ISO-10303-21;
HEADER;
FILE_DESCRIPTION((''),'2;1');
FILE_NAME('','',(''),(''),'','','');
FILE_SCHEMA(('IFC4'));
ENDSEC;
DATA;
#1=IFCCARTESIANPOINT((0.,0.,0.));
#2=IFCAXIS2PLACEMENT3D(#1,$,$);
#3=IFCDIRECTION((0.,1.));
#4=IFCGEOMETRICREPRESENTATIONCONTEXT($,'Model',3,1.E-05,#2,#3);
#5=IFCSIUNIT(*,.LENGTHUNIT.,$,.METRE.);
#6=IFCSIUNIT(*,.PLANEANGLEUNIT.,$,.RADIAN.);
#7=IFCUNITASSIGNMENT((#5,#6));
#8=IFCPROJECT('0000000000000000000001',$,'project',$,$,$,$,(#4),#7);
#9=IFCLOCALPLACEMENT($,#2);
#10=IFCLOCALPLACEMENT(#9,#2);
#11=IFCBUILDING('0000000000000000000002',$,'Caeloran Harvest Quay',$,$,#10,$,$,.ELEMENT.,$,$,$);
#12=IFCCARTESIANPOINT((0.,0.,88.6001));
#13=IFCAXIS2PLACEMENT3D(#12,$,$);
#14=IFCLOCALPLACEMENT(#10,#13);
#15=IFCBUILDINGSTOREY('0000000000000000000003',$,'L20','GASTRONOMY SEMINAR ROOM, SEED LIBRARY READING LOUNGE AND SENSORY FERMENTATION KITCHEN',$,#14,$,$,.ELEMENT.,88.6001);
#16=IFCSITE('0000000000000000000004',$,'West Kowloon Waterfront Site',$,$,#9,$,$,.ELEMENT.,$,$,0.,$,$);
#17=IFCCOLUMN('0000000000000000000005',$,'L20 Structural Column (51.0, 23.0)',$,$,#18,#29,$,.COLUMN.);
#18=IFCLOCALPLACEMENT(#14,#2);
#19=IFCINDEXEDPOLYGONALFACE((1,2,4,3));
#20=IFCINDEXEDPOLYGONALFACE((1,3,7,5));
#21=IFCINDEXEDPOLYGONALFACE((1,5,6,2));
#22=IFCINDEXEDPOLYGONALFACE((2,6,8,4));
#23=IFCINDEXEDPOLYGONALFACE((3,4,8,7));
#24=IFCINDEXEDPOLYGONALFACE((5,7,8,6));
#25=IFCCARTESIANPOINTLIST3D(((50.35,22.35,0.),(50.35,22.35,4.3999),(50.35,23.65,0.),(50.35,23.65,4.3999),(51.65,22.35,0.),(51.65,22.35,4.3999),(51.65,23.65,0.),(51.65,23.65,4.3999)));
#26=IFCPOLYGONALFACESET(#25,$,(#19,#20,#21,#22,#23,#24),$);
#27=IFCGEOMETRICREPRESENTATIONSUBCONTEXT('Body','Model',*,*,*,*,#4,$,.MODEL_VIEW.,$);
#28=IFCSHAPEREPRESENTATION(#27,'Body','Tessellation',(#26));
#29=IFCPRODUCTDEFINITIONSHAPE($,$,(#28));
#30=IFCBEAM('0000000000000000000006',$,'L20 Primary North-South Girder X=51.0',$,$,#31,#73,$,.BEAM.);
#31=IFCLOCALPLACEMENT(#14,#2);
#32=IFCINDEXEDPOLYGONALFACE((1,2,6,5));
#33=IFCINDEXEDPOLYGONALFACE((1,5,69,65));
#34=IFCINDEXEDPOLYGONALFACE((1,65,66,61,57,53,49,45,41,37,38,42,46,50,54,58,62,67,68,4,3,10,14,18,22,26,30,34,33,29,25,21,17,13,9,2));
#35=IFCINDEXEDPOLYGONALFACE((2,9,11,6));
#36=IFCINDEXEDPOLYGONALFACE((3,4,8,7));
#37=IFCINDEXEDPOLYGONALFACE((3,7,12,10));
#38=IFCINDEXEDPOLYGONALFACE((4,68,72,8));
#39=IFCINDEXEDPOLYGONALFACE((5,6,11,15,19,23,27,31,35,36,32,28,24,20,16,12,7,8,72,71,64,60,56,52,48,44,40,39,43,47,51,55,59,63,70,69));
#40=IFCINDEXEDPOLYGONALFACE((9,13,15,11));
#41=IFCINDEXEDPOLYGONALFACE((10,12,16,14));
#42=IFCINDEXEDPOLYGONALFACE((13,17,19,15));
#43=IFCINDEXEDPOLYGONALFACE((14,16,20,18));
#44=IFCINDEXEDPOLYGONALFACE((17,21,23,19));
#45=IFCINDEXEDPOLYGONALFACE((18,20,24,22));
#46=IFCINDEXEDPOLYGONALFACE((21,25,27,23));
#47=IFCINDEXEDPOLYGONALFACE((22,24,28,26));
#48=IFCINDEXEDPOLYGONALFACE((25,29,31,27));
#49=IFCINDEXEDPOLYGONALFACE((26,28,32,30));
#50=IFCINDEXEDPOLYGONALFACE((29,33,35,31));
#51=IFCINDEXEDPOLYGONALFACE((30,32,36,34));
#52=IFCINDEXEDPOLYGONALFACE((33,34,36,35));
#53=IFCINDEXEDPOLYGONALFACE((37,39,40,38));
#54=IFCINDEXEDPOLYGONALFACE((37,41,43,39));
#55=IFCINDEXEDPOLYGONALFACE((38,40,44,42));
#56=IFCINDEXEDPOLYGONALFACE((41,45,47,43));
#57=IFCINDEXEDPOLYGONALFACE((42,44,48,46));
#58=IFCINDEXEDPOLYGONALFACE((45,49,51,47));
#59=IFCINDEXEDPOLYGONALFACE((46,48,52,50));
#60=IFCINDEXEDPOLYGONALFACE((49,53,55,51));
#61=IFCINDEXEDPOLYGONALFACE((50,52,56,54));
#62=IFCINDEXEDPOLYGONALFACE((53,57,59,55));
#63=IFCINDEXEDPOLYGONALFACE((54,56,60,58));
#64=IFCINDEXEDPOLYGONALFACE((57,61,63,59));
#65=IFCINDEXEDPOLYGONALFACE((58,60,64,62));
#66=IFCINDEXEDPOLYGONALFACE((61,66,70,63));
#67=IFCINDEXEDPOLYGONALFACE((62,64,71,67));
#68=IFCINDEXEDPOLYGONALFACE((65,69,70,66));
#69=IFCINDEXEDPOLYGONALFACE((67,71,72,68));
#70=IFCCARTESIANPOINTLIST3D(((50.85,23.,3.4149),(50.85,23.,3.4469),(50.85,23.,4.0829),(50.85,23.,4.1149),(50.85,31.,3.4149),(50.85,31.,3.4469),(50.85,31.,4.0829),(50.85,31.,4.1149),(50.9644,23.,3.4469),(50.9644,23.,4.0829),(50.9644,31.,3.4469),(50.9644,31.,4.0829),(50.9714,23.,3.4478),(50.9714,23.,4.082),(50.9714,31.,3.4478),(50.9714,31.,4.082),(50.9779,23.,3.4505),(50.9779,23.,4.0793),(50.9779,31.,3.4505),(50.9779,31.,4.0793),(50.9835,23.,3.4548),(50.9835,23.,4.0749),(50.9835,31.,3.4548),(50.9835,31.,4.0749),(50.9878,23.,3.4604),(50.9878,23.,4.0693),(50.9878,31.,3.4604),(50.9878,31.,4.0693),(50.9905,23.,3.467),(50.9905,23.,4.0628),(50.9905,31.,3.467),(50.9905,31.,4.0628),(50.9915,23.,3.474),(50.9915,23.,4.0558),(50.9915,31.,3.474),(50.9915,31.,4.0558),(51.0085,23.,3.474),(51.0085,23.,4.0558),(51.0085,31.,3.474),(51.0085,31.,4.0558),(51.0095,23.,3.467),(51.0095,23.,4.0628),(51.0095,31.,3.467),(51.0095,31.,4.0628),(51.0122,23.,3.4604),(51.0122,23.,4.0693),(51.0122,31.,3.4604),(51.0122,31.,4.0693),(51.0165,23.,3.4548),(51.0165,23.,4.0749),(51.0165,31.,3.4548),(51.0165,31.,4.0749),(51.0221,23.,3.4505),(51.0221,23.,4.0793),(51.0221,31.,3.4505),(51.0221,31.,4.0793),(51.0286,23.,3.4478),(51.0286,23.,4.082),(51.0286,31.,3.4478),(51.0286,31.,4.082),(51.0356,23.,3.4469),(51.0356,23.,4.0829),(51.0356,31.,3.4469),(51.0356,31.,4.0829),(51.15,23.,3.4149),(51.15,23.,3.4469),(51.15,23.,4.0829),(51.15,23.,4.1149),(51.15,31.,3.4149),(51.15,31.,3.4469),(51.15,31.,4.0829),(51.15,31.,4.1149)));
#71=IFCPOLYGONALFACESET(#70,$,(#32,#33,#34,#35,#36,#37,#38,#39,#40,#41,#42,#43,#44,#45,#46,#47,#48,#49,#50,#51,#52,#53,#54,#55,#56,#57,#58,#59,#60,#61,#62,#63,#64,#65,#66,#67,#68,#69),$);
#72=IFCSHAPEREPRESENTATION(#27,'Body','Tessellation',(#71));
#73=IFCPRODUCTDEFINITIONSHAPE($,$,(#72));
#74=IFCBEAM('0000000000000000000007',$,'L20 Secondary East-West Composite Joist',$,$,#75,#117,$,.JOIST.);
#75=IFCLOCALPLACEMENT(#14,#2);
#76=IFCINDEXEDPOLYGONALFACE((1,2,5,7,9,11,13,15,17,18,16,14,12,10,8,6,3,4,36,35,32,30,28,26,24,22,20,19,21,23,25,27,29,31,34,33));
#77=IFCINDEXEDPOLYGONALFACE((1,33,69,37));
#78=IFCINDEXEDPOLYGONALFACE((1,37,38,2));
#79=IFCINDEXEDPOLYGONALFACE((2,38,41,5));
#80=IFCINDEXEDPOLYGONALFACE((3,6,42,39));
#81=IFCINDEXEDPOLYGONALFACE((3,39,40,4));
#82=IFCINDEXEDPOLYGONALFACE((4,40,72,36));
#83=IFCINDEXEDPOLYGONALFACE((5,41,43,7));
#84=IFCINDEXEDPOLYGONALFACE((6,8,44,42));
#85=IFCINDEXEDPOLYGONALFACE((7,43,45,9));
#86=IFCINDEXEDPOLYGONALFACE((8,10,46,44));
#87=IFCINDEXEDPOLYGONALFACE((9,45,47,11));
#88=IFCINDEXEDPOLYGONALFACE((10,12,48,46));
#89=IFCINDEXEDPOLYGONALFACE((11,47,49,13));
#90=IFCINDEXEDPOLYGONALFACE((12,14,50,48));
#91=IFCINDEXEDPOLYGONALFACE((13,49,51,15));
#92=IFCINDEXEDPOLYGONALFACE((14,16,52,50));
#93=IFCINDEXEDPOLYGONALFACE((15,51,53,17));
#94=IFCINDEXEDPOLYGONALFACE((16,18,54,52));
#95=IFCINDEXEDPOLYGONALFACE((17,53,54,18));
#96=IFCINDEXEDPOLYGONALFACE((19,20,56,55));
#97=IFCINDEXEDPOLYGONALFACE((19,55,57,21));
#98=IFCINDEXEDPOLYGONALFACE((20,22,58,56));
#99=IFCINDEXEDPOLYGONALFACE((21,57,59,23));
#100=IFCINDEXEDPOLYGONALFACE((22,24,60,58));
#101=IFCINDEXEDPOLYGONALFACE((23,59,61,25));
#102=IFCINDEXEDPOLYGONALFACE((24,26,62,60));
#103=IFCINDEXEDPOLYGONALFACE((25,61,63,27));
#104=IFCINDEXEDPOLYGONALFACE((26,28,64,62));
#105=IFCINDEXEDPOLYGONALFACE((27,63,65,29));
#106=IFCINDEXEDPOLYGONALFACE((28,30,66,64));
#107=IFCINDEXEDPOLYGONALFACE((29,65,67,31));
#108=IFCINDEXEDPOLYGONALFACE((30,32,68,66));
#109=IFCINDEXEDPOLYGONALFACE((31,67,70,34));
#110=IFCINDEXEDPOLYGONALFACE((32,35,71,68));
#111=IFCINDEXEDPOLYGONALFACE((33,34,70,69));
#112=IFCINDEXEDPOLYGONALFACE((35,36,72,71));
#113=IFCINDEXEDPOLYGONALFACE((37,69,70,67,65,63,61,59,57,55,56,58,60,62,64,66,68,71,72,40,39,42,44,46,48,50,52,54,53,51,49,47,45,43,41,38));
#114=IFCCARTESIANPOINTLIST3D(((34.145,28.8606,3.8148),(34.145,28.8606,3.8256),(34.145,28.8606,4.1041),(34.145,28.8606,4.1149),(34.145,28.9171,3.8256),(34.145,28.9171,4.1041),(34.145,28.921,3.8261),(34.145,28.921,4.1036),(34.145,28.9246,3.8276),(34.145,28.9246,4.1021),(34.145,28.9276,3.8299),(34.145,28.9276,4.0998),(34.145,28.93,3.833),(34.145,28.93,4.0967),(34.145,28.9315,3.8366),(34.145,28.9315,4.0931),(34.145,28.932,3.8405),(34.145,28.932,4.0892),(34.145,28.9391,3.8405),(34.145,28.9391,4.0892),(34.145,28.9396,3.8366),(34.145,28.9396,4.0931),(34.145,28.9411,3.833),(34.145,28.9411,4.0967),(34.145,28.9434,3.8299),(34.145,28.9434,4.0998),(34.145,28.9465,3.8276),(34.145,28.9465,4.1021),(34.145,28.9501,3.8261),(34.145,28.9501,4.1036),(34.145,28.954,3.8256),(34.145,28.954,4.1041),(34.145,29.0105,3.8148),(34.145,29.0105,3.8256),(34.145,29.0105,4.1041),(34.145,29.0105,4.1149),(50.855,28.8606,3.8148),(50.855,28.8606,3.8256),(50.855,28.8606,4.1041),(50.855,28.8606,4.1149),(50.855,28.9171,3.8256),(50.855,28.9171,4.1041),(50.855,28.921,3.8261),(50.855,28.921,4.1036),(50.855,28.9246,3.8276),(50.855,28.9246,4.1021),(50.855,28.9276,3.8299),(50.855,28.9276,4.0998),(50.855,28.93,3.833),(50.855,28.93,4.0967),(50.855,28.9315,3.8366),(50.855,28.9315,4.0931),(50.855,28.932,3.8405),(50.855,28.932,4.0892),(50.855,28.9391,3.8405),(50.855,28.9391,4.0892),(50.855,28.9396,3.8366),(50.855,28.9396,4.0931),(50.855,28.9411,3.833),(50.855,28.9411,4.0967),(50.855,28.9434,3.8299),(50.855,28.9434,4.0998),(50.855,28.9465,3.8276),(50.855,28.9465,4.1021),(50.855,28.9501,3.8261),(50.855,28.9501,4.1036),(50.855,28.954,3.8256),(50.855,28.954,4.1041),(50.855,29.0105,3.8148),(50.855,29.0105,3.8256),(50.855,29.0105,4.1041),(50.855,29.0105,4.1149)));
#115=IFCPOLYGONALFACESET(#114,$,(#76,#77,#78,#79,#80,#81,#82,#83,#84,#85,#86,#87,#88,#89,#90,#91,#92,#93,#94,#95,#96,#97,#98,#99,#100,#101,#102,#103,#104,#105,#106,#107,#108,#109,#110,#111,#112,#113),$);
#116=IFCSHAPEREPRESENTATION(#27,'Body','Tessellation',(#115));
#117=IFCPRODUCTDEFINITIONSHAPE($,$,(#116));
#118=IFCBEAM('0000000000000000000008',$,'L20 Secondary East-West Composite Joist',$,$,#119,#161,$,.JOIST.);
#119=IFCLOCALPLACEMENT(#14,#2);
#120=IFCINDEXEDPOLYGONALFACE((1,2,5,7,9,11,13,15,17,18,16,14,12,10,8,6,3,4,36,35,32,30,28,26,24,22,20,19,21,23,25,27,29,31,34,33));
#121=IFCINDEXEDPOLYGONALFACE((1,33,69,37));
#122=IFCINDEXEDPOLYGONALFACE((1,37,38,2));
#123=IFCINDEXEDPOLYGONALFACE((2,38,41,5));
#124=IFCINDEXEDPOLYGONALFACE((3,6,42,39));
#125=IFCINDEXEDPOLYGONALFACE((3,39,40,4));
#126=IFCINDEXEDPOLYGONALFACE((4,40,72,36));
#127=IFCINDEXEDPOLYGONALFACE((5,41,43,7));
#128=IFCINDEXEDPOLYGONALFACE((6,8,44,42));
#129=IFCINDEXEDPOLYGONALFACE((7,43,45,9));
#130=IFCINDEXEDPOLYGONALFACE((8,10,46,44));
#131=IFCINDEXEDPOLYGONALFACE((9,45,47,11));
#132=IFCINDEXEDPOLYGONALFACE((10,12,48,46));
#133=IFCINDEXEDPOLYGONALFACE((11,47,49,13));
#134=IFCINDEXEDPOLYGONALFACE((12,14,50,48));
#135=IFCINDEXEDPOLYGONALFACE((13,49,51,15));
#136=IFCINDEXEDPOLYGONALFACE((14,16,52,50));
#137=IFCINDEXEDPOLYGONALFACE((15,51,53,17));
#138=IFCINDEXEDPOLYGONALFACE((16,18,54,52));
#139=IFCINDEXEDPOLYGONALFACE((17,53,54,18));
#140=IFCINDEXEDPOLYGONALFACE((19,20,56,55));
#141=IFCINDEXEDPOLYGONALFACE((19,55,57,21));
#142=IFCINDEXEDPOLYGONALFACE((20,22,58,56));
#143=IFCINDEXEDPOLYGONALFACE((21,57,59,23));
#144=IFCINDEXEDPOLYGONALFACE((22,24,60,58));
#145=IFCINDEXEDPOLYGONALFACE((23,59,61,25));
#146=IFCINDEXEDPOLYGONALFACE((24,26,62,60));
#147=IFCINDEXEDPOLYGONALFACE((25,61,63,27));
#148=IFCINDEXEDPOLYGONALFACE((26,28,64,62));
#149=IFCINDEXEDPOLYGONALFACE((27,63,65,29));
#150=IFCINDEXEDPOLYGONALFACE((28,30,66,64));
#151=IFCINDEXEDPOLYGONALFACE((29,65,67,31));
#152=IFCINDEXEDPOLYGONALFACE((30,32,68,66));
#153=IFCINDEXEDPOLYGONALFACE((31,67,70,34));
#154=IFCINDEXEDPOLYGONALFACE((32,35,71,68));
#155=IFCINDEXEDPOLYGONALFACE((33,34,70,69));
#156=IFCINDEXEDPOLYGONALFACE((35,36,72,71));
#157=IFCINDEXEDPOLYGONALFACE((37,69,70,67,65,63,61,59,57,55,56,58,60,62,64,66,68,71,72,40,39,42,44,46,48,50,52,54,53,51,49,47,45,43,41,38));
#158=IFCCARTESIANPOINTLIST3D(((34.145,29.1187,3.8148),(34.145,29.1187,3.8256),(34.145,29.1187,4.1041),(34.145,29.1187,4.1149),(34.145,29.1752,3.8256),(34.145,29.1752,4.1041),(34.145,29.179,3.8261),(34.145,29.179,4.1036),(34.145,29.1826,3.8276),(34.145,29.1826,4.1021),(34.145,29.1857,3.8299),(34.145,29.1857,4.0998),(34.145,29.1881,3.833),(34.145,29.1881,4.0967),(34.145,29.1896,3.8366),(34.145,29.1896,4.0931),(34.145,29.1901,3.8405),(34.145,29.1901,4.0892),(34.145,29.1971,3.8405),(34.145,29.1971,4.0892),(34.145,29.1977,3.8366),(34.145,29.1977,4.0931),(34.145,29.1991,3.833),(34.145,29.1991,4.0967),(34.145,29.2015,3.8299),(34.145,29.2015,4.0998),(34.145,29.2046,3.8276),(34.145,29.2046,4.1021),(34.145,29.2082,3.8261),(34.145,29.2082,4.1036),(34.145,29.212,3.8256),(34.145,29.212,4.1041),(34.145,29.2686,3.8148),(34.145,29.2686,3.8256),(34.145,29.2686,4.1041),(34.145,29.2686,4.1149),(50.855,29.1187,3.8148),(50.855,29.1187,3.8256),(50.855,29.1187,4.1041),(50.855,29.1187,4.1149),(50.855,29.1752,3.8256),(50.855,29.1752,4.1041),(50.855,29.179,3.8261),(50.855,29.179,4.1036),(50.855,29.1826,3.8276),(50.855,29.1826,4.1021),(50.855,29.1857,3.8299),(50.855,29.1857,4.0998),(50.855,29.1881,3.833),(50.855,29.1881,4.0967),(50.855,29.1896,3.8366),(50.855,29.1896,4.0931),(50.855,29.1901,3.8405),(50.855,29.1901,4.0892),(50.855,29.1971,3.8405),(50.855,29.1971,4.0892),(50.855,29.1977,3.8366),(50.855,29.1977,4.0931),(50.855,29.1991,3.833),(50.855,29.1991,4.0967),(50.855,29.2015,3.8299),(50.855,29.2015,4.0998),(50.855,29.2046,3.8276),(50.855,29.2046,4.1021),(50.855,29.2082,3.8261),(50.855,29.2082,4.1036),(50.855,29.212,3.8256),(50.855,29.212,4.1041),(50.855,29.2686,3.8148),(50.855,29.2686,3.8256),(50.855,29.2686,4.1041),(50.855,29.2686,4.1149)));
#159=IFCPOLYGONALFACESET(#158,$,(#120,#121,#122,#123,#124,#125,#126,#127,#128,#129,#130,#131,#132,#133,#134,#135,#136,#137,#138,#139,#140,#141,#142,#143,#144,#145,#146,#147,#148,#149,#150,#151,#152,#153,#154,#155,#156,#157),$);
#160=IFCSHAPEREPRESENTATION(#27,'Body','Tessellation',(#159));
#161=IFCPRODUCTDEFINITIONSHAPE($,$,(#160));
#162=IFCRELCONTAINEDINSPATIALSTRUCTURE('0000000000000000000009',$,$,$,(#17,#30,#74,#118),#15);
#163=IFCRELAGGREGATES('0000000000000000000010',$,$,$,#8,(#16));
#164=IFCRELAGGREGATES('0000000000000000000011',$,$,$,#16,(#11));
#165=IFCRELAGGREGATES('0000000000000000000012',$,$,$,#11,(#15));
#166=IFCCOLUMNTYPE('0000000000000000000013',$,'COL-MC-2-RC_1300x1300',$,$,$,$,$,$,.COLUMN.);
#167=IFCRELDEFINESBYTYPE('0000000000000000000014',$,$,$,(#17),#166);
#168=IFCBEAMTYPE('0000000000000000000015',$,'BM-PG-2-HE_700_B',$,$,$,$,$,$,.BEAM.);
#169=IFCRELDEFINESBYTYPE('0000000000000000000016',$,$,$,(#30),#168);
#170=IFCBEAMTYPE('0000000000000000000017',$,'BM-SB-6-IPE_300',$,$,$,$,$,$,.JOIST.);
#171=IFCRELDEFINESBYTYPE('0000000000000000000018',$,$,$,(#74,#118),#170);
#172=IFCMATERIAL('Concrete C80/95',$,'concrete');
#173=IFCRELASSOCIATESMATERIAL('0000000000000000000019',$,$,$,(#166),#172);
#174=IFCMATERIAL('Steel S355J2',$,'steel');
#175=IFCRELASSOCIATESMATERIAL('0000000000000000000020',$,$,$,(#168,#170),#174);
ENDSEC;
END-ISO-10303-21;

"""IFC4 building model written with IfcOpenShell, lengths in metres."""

from ifc_helpers import new_model, si_unit, direction, frame, origin, origin_2d, place, context, subcontext, project, spatial, rectangle, i_section, extrude, material, material_profile, profile_set, type_object, element, save


model = new_model("IFC4")

# Units and contexts
model_context = context("Model", 3, precision=1e-05, world=origin(), true_north=direction((0.0, 1.0)))
body_context = subcontext(model_context, "Body", "Model", "MODEL_VIEW")
ifc_project = project(units=[si_unit("LENGTHUNIT", "METRE"), si_unit("PLANEANGLEUNIT", "RADIAN")], contexts=[model_context])

# Site, building, storey
site_placement = place(None, origin())
site = spatial("IfcSite", under=ifc_project, at=site_placement, Name="West Kowloon Waterfront Site", CompositionType="ELEMENT", RefElevation=0.0)
building_placement = place(site_placement, origin())
building = spatial("IfcBuilding", under=site, at=building_placement, Name="Caeloran Harvest Quay", CompositionType="ELEMENT")
storey_placement = place(building_placement, frame((0.0, 0.0, 88.6001)))
storey = spatial("IfcBuildingStorey", under=building, at=storey_placement, Name="L20", Description="GASTRONOMY SEMINAR ROOM, SEED LIBRARY READING LOUNGE AND SENSORY FERMENTATION KITCHEN", CompositionType="ELEMENT", Elevation=88.6001)

# Column
ifc_material_1 = material(Name="Concrete C80/95", Category="concrete")
ifc_material_profile_1 = material_profile(ifc_material_1, rectangle(XDim=1.3, YDim=1.3, at=origin_2d()), Name="RC 1300x1300")
ifc_profile_set_1 = profile_set([ifc_material_profile_1], Name="Concrete C80/95")
column_type = type_object("IfcColumnType", Name="COL-MC-2-RC_1300x1300", PredefinedType="COLUMN", material=ifc_profile_set_1)
column_placement = place(storey_placement, frame((51.0, 23.0, 0.0), z_axis=(0.0, 0.0, 1.0), x_axis=(1.0, 0.0, 0.0)))
element("IfcColumn", 1, at=column_placement, inside=storey, type_object=column_type, Name="L20 Structural Column (51.0, 23.0)", PredefinedType="COLUMN", context=body_context, shape_type="SweptSolid", body=[
    extrude(rectangle(XDim=1.3, YDim=1.3, at=origin_2d()), origin(), (0.0, 0.0, 1.0), 4.3999),
])

# Beams
ifc_material_2 = material(Name="Steel S355J2", Category="steel")
ifc_material_profile_2 = material_profile(ifc_material_2, i_section(OverallWidth=0.3, OverallDepth=0.7, WebThickness=0.0171, FlangeThickness=0.032, FilletRadius=0.0271, at=origin_2d()), Name="HE 700 B")
ifc_profile_set_2 = profile_set([ifc_material_profile_2], Name="Steel S355J2")
beam_type_1 = type_object("IfcBeamType", Name="BM-PG-2-HE_700_B", PredefinedType="BEAM", material=ifc_profile_set_2)
beam_placement = place(storey_placement, frame((51.0, 23.0, 3.7649), z_axis=(0.0, 1.0, 0.0), x_axis=(-1.0, 0.0, 0.0)))
element("IfcBeam", 2, at=beam_placement, inside=storey, type_object=beam_type_1, Name="L20 Primary North-South Girder X=51.0", PredefinedType="BEAM", context=body_context, shape_type="SweptSolid", body=[
    extrude(i_section(OverallWidth=0.3, OverallDepth=0.7, WebThickness=0.0171, FlangeThickness=0.032, FilletRadius=0.0271, at=origin_2d()), origin(), (0.0, 0.0, 1.0), 8.0),
])
ifc_material_profile_3 = material_profile(ifc_material_2, i_section(OverallWidth=0.1499, OverallDepth=0.3, WebThickness=0.0071, FlangeThickness=0.0107, FilletRadius=0.0149, at=origin_2d()), Name="IPE 300")
ifc_profile_set_3 = profile_set([ifc_material_profile_3], Name="Steel S355J2")
beam_type_2 = type_object("IfcBeamType", Name="BM-SB-6-IPE_300", PredefinedType="JOIST", material=ifc_profile_set_3)
for number, where, z_axis, x_axis, name in (
    (3, (34.145, 28.9355, 3.9648), (1.0, 0.0, 0.0), (0.0, 1.0, 0.0), "L20 Secondary East-West Composite Joist"),
    (4, (34.145, 29.1936, 3.9648), (1.0, 0.0, 0.0), (0.0, 1.0, 0.0), "L20 Secondary East-West Composite Joist"),
):
    element("IfcBeam", number, at=place(storey_placement, frame(where, z_axis=z_axis, x_axis=x_axis)), inside=storey, type_object=beam_type_2, Name=name, PredefinedType="JOIST", context=body_context, shape_type="SweptSolid", body=[
        extrude(i_section(OverallWidth=0.1499, OverallDepth=0.3, WebThickness=0.0071, FlangeThickness=0.0107, FilletRadius=0.0149, at=origin_2d()), origin(), (0.0, 0.0, 1.0), 16.71),
    ])

save(model, "model.ifc")
